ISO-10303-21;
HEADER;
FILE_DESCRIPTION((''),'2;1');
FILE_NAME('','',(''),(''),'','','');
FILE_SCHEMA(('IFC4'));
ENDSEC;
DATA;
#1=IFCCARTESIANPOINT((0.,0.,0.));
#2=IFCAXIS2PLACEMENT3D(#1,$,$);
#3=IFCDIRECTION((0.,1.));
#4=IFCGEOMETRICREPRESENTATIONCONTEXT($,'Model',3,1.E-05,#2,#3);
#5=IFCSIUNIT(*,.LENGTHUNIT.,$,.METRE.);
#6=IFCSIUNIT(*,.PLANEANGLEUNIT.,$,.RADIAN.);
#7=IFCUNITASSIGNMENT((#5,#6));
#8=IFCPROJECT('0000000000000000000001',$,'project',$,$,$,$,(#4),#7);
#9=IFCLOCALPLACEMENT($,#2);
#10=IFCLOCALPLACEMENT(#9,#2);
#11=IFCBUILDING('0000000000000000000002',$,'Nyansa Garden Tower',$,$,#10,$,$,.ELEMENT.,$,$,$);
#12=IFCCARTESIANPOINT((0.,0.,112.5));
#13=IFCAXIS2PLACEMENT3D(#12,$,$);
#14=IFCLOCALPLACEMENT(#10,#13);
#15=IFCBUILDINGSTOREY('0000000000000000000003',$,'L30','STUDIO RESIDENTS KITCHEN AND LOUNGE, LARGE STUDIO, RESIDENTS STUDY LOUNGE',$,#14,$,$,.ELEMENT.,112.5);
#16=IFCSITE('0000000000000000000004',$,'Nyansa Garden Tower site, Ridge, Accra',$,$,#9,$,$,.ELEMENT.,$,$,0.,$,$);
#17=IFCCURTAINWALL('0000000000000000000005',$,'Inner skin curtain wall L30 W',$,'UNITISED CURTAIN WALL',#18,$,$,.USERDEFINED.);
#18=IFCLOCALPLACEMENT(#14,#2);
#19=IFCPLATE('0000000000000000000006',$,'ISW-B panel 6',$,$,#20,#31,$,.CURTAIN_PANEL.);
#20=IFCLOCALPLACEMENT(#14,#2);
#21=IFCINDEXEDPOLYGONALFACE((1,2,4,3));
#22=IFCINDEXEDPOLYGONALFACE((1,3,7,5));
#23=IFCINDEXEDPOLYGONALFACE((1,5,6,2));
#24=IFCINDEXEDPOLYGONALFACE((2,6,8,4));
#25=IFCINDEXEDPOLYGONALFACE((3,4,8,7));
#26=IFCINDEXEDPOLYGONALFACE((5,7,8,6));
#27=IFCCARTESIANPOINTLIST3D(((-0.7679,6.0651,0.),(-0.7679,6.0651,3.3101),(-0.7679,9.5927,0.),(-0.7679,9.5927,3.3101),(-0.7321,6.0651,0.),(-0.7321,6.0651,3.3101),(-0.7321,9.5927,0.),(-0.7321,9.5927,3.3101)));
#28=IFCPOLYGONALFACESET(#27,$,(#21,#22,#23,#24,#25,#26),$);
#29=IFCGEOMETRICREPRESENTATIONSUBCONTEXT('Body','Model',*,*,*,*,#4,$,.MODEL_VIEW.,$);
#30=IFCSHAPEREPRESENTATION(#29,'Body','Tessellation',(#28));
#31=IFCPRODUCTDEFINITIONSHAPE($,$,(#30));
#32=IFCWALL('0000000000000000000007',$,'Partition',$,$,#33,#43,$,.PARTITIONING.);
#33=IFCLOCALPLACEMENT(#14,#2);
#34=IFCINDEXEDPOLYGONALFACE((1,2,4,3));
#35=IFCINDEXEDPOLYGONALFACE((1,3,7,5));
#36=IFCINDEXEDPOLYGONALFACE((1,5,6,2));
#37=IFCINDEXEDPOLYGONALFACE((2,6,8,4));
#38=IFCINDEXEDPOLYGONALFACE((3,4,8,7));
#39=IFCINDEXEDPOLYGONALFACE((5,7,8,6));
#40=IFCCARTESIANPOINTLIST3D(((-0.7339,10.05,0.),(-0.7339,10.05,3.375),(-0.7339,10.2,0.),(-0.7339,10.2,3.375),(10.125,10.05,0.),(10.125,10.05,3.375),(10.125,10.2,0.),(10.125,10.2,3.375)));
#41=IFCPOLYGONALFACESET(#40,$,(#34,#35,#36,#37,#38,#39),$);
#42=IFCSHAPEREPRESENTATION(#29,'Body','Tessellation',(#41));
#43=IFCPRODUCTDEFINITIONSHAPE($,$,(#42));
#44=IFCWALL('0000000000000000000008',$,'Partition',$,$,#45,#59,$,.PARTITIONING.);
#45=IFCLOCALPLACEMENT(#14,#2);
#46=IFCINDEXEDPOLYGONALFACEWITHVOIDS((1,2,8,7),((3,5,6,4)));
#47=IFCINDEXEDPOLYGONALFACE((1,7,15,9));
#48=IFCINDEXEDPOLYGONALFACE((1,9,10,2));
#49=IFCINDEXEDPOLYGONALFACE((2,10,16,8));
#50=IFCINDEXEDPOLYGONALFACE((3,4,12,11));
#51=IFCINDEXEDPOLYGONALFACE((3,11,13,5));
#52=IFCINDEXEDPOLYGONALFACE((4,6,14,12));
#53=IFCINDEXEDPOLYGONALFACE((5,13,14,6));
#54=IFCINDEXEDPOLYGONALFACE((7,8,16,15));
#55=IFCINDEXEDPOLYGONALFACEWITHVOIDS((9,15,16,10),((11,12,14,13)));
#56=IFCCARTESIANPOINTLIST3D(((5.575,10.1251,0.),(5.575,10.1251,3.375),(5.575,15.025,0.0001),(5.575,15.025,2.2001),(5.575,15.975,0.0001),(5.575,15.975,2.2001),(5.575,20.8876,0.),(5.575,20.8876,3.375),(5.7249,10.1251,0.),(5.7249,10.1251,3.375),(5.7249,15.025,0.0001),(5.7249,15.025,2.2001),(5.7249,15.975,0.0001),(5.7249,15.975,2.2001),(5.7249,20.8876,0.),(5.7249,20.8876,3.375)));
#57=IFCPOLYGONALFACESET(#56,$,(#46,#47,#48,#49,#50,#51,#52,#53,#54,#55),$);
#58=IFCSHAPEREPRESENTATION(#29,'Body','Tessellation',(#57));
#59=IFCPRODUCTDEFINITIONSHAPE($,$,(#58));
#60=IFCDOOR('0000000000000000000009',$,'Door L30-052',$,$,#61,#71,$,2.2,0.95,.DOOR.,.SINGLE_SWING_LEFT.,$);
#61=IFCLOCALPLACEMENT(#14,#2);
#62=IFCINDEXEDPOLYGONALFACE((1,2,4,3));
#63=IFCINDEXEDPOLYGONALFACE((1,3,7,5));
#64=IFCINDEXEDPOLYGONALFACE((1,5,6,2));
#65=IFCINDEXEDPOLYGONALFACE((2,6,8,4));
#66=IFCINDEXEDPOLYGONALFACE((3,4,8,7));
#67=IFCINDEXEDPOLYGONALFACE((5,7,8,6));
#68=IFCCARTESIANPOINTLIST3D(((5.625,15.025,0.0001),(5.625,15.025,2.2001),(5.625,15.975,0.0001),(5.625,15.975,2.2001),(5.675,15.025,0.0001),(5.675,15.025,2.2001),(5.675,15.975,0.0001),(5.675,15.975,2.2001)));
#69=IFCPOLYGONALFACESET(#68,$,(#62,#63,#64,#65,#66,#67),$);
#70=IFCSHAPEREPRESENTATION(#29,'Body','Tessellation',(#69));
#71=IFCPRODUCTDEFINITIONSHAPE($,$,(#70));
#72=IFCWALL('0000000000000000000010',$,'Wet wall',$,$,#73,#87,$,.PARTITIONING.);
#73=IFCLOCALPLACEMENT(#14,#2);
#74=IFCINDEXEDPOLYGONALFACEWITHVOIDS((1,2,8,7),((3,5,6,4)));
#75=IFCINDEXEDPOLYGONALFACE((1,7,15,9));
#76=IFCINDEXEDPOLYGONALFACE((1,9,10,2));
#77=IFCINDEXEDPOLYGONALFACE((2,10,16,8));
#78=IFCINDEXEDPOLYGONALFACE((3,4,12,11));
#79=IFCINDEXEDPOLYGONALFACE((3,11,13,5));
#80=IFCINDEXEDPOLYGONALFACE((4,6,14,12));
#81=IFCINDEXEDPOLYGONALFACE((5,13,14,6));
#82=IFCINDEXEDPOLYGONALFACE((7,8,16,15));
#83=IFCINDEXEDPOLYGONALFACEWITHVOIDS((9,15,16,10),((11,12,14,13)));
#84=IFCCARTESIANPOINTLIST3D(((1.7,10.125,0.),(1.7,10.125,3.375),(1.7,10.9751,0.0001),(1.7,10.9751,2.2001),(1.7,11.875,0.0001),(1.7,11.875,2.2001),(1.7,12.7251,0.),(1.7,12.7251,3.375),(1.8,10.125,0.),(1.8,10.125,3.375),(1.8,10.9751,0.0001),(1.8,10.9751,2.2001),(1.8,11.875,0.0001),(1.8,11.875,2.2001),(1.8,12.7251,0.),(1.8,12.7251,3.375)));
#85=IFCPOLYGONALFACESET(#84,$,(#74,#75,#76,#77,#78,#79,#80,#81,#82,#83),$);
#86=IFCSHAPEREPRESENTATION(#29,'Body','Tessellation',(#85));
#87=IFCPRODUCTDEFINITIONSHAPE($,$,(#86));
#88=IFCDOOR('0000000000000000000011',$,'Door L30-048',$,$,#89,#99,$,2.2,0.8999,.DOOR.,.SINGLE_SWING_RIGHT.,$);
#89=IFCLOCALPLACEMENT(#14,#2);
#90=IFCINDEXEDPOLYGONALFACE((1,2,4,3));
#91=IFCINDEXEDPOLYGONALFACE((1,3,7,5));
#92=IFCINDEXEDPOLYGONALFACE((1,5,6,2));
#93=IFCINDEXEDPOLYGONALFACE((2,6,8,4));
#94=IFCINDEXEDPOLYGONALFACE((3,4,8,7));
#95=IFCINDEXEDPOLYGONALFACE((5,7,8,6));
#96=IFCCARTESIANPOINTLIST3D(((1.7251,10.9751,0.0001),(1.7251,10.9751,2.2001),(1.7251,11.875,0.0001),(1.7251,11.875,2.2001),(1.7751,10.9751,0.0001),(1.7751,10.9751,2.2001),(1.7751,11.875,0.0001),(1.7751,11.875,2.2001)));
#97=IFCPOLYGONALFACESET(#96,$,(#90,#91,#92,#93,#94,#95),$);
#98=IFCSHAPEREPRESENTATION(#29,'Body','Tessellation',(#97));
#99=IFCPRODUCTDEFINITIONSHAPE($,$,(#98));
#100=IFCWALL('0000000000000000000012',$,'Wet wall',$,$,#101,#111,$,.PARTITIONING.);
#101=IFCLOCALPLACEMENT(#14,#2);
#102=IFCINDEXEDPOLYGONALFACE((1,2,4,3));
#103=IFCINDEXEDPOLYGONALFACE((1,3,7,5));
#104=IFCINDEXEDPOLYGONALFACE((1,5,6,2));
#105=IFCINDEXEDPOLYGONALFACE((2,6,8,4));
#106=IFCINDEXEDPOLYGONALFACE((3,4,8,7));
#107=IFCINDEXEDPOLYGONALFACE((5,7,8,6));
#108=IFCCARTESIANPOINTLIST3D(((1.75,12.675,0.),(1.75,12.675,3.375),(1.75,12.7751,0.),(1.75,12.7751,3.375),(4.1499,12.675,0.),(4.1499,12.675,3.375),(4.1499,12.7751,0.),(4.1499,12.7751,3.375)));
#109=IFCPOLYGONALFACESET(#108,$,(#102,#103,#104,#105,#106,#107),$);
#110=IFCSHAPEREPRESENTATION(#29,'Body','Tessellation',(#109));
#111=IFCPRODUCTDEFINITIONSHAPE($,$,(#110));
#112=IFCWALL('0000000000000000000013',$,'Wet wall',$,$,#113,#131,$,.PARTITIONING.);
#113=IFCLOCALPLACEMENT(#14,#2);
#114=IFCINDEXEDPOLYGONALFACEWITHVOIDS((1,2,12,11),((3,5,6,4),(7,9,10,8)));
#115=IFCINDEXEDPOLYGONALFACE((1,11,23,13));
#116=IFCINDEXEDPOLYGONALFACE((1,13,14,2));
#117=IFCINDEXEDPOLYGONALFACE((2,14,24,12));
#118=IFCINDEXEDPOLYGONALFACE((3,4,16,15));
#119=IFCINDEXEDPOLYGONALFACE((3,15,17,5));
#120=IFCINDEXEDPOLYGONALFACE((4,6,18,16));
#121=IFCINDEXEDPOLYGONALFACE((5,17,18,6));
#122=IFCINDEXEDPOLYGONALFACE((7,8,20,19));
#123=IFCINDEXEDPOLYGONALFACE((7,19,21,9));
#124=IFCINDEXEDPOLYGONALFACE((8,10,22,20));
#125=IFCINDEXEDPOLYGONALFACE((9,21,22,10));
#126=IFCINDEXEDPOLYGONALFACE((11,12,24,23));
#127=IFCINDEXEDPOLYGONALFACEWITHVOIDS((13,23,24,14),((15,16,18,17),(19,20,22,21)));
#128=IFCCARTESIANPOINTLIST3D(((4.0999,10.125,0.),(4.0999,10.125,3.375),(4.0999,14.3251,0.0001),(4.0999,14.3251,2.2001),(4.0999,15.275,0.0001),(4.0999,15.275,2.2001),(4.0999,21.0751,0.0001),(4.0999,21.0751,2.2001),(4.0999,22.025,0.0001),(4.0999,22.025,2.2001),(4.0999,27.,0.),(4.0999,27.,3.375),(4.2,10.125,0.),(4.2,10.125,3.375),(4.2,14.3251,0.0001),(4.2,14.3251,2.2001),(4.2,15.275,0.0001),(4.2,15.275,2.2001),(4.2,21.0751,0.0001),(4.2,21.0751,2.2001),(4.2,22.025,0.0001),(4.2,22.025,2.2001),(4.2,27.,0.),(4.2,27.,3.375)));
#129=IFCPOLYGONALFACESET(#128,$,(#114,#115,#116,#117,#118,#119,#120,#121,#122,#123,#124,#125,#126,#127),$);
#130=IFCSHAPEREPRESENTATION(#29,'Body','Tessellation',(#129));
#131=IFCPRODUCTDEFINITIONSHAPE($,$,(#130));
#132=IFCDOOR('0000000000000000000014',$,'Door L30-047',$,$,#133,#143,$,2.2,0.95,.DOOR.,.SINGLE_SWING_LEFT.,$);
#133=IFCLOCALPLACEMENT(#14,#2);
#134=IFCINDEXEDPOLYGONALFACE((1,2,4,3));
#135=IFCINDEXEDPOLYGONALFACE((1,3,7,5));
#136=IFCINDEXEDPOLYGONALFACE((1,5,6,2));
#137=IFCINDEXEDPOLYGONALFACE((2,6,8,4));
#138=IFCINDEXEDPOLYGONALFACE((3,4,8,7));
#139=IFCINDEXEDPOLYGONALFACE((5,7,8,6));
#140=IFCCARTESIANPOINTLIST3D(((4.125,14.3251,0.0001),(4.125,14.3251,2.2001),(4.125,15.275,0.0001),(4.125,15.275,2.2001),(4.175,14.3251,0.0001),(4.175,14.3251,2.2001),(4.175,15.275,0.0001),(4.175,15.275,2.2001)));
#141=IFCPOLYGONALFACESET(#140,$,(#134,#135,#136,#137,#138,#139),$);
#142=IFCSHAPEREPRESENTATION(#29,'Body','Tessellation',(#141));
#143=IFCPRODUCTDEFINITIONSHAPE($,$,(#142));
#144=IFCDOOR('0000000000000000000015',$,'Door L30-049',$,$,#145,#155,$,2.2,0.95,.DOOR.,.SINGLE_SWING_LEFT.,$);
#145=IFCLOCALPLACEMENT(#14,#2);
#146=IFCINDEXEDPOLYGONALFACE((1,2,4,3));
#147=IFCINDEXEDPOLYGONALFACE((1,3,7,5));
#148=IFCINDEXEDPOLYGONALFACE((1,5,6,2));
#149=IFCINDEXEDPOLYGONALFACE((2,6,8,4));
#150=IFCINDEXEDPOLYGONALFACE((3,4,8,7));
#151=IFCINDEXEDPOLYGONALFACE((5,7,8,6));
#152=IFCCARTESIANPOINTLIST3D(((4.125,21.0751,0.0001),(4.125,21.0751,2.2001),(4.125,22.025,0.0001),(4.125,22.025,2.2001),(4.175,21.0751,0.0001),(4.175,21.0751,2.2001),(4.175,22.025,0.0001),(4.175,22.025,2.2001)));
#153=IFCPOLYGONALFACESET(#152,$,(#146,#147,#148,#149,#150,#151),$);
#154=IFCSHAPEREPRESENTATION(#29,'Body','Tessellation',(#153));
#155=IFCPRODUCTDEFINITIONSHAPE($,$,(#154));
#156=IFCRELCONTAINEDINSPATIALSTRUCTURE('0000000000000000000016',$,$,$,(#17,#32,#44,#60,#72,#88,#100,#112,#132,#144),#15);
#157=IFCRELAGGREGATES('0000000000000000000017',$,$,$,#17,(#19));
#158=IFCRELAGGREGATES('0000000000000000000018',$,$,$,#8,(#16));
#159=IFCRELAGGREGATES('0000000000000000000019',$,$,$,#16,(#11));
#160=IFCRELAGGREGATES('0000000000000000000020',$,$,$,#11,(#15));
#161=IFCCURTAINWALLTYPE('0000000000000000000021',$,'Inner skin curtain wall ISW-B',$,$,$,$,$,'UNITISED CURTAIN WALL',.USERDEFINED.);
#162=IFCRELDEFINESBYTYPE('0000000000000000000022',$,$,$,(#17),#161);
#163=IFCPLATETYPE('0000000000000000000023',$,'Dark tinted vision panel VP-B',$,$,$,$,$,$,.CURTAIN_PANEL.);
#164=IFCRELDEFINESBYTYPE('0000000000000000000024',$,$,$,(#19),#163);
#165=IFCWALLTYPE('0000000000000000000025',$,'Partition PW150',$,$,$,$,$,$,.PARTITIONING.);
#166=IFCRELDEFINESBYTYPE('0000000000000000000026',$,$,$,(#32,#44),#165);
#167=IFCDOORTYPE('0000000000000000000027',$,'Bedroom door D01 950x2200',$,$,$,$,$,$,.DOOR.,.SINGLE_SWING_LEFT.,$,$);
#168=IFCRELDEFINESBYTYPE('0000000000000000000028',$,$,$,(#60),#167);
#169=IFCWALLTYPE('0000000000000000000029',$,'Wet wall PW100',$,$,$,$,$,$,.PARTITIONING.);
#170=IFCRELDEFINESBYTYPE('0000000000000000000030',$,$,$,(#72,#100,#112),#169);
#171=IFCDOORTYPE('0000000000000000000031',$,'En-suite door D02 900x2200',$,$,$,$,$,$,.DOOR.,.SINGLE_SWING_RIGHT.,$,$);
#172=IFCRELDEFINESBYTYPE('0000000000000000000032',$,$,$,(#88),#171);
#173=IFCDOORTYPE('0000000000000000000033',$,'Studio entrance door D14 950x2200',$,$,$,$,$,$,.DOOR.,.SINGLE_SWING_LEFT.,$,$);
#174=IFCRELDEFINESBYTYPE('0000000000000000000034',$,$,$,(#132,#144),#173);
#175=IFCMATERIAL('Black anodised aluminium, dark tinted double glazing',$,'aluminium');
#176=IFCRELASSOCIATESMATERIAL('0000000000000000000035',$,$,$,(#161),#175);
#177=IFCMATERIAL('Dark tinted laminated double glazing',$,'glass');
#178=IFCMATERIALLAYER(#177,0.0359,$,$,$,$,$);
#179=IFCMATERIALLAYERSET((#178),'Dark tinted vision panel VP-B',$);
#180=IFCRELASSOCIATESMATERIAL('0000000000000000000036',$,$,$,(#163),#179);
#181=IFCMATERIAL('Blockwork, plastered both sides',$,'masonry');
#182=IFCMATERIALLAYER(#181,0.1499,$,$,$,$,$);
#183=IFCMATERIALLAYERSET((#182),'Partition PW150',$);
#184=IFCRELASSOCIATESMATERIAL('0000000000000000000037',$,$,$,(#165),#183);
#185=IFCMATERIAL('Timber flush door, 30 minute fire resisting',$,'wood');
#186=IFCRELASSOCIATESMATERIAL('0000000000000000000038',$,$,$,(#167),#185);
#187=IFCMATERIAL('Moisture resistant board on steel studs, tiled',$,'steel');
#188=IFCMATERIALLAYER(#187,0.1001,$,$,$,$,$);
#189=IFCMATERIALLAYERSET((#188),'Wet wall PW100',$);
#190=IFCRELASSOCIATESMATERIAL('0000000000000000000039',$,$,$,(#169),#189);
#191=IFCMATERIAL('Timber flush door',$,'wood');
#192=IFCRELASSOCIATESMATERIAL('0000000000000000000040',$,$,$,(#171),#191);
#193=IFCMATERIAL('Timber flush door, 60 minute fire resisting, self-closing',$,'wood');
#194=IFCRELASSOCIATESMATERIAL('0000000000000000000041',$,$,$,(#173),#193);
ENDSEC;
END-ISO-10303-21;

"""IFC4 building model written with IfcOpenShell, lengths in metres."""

from ifc_helpers import new_model, si_unit, direction, frame, frame_2d, origin, origin_2d, place, context, subcontext, project, spatial, rectangle, extrude, material, layer, layer_set, type_object, element, fill, aggregate, save


model = new_model("IFC4")

# Units and contexts
model_context = context("Model", 3, precision=1e-05, world=origin(), true_north=direction((0.0, 1.0)))
body_context = subcontext(model_context, "Body", "Model", "MODEL_VIEW")
ifc_project = project(units=[si_unit("LENGTHUNIT", "METRE"), si_unit("PLANEANGLEUNIT", "RADIAN")], contexts=[model_context])

# Site, building, storey
site_placement = place(None, origin())
site = spatial("IfcSite", under=ifc_project, at=site_placement, Name="Nyansa Garden Tower site, Ridge, Accra", CompositionType="ELEMENT", RefElevation=0.0)
building_placement = place(site_placement, origin())
building = spatial("IfcBuilding", under=site, at=building_placement, Name="Nyansa Garden Tower", CompositionType="ELEMENT")
storey_placement = place(building_placement, frame((0.0, 0.0, 112.5)))
storey = spatial("IfcBuildingStorey", under=building, at=storey_placement, Name="L30", Description="STUDIO RESIDENTS KITCHEN AND LOUNGE, LARGE STUDIO, RESIDENTS STUDY LOUNGE", CompositionType="ELEMENT", Elevation=112.5)

# Curtain wall
ifc_material_1 = material(Name="Black anodised aluminium, dark tinted double glazing", Category="aluminium")
curtain_wall_type = type_object("IfcCurtainWallType", Name="Inner skin curtain wall ISW-B", ElementType="UNITISED CURTAIN WALL", PredefinedType="USERDEFINED", material=ifc_material_1)
curtain_wall_placement = place(storey_placement, origin())
curtain_wall = element("IfcCurtainWall", 1, at=curtain_wall_placement, inside=storey, type_object=curtain_wall_type, Name="Inner skin curtain wall L30 W", ObjectType="UNITISED CURTAIN WALL", PredefinedType="USERDEFINED")

# Plate
ifc_material_2 = material(Name="Dark tinted laminated double glazing", Category="glass")
ifc_layer_1 = layer(ifc_material_2, 0.0359)
ifc_layer_set_1 = layer_set([ifc_layer_1], Name="Dark tinted vision panel VP-B")
plate_type = type_object("IfcPlateType", Name="Dark tinted vision panel VP-B", PredefinedType="CURTAIN_PANEL", material=ifc_layer_set_1)
plate_1_placement = place(storey_placement, frame((-0.75, 7.8289, 0.0), z_axis=(0.0, 0.0, 1.0), x_axis=(0.0, -1.0, 0.0)))
plate_1 = element("IfcPlate", 2, at=plate_1_placement, type_object=plate_type, Name="ISW-B panel 6", PredefinedType="CURTAIN_PANEL", context=body_context, shape_type="SweptSolid", body=[
    extrude(rectangle(XDim=3.5276, YDim=0.0359, at=origin_2d()), origin(), (0.0, 0.0, 1.0), 3.3101),
])
aggregate(curtain_wall, [plate_1])

# Wall
ifc_material_3 = material(Name="Blockwork, plastered both sides", Category="masonry")
ifc_layer_2 = layer(ifc_material_3, 0.1499)
ifc_layer_set_2 = layer_set([ifc_layer_2], Name="Partition PW150")
wall_type_1 = type_object("IfcWallType", Name="Partition PW150", PredefinedType="PARTITIONING", material=ifc_layer_set_2)
wall_1_placement = place(storey_placement, frame((-0.7339, 10.125, 0.0), z_axis=(0.0, 0.0, 1.0), x_axis=(1.0, 0.0, 0.0)))
element("IfcWall", 3, at=wall_1_placement, inside=storey, type_object=wall_type_1, Name="Partition", PredefinedType="PARTITIONING", context=body_context, shape_type="SweptSolid", body=[
    extrude(rectangle(XDim=10.8589, YDim=0.1499, at=frame_2d((5.4294, 0.0))), origin(), (0.0, 0.0, 1.0), 3.375),
])

# Walls, openings, doors
wall_2_placement = place(storey_placement, frame((5.6499, 10.125, 0.0), z_axis=(0.0, 0.0, 1.0), x_axis=(0.0, 1.0, 0.0)))
wall_2 = element("IfcWall", 4, at=wall_2_placement, inside=storey, type_object=wall_type_1, Name="Partition", PredefinedType="PARTITIONING", context=body_context, shape_type="SweptSolid", body=[
    extrude(rectangle(XDim=10.7625, YDim=0.1499, at=frame_2d((5.3813, 0.0))), origin(), (0.0, 0.0, 1.0), 3.375),
])
opening_1_placement = place(wall_2_placement, frame((4.8999, 0.0, 0.0)))
opening_1 = element("IfcOpeningElement", 5, at=opening_1_placement, cuts=wall_2, PredefinedType="OPENING", context=body_context, shape_type="SweptSolid", body=[
    extrude(rectangle(XDim=0.95, YDim=2.2, at=frame_2d((0.4751, 1.1001))), frame((0.0, 0.085, 0.0), z_axis=(0.0, -1.0, 0.0), x_axis=(1.0, 0.0, 0.0)), (0.0, 0.0, 1.0), 0.1699),
])
ifc_material_4 = material(Name="Timber flush door, 30 minute fire resisting", Category="wood")
door_type_1 = type_object("IfcDoorType", Name="Bedroom door D01 950x2200", OperationType="SINGLE_SWING_LEFT", PredefinedType="DOOR", material=ifc_material_4)
door_1_placement = place(opening_1_placement, origin())
door_1 = element("IfcDoor", 6, at=door_1_placement, inside=storey, type_object=door_type_1, Name="Door L30-052", OperationType="SINGLE_SWING_LEFT", OverallHeight=2.2, OverallWidth=0.95, PredefinedType="DOOR", context=body_context, shape_type="SweptSolid", body=[
    extrude(rectangle(XDim=0.95, YDim=2.2, at=frame_2d((0.4751, 1.1001))), frame((0.0, 0.0249, 0.0), z_axis=(0.0, -1.0, 0.0), x_axis=(1.0, 0.0, 0.0)), (0.0, 0.0, 1.0), 0.05),
])
fill(opening_1, door_1)
ifc_material_5 = material(Name="Moisture resistant board on steel studs, tiled", Category="steel")
ifc_layer_3 = layer(ifc_material_5, 0.1001)
ifc_layer_set_3 = layer_set([ifc_layer_3], Name="Wet wall PW100")
wall_type_2 = type_object("IfcWallType", Name="Wet wall PW100", PredefinedType="PARTITIONING", material=ifc_layer_set_3)
wall_3_placement = place(storey_placement, frame((1.75, 10.125, 0.0), z_axis=(0.0, 0.0, 1.0), x_axis=(0.0, 1.0, 0.0)))
wall_3 = element("IfcWall", 7, at=wall_3_placement, inside=storey, type_object=wall_type_2, Name="Wet wall", PredefinedType="PARTITIONING", context=body_context, shape_type="SweptSolid", body=[
    extrude(rectangle(XDim=2.6001, YDim=0.1001, at=frame_2d((1.3, 0.0))), origin(), (0.0, 0.0, 1.0), 3.375),
])
opening_2_placement = place(wall_3_placement, frame((0.8501, 0.0, 0.0)))
opening_2 = element("IfcOpeningElement", 8, at=opening_2_placement, cuts=wall_3, PredefinedType="OPENING", context=body_context, shape_type="SweptSolid", body=[
    extrude(rectangle(XDim=0.8999, YDim=2.2, at=frame_2d((0.45, 1.1001))), frame((0.0, 0.0601, 0.0), z_axis=(0.0, -1.0, 0.0), x_axis=(1.0, 0.0, 0.0)), (0.0, 0.0, 1.0), 0.1201),
])
ifc_material_6 = material(Name="Timber flush door", Category="wood")
door_type_2 = type_object("IfcDoorType", Name="En-suite door D02 900x2200", OperationType="SINGLE_SWING_RIGHT", PredefinedType="DOOR", material=ifc_material_6)
door_2_placement = place(opening_2_placement, origin())
door_2 = element("IfcDoor", 9, at=door_2_placement, inside=storey, type_object=door_type_2, Name="Door L30-048", OperationType="SINGLE_SWING_RIGHT", OverallHeight=2.2, OverallWidth=0.8999, PredefinedType="DOOR", context=body_context, shape_type="SweptSolid", body=[
    extrude(rectangle(XDim=0.8999, YDim=2.2, at=frame_2d((0.45, 1.1001))), frame((0.0, 0.0249, 0.0), z_axis=(0.0, -1.0, 0.0), x_axis=(1.0, 0.0, 0.0)), (0.0, 0.0, 1.0), 0.05),
])
fill(opening_2, door_2)

# Wall
wall_4_placement = place(storey_placement, frame((1.75, 12.7251, 0.0), z_axis=(0.0, 0.0, 1.0), x_axis=(1.0, 0.0, 0.0)))
element("IfcWall", 10, at=wall_4_placement, inside=storey, type_object=wall_type_2, Name="Wet wall", PredefinedType="PARTITIONING", context=body_context, shape_type="SweptSolid", body=[
    extrude(rectangle(XDim=2.3999, YDim=0.1001, at=frame_2d((1.2, 0.0))), origin(), (0.0, 0.0, 1.0), 3.375),
])

# Wall, openings, doors
wall_5_placement = place(storey_placement, frame((4.1499, 10.125, 0.0), z_axis=(0.0, 0.0, 1.0), x_axis=(0.0, 1.0, 0.0)))
wall_5 = element("IfcWall", 11, at=wall_5_placement, inside=storey, type_object=wall_type_2, Name="Wet wall", PredefinedType="PARTITIONING", context=body_context, shape_type="SweptSolid", body=[
    extrude(rectangle(XDim=16.875, YDim=0.1001, at=frame_2d((8.4375, 0.0))), origin(), (0.0, 0.0, 1.0), 3.375),
])
opening_3_placement = place(wall_5_placement, frame((4.2, 0.0, 0.0)))
opening_3 = element("IfcOpeningElement", 12, at=opening_3_placement, cuts=wall_5, PredefinedType="OPENING", context=body_context, shape_type="SweptSolid", body=[
    extrude(rectangle(XDim=0.95, YDim=2.2, at=frame_2d((0.4751, 1.1001))), frame((0.0, 0.0601, 0.0), z_axis=(0.0, -1.0, 0.0), x_axis=(1.0, 0.0, 0.0)), (0.0, 0.0, 1.0), 0.1201),
])
opening_4_placement = place(wall_5_placement, frame((10.95, 0.0, 0.0)))
opening_4 = element("IfcOpeningElement", 13, at=opening_4_placement, cuts=wall_5, PredefinedType="OPENING", context=body_context, shape_type="SweptSolid", body=[
    extrude(rectangle(XDim=0.95, YDim=2.2, at=frame_2d((0.4751, 1.1001))), frame((0.0, 0.0601, 0.0), z_axis=(0.0, -1.0, 0.0), x_axis=(1.0, 0.0, 0.0)), (0.0, 0.0, 1.0), 0.1201),
])
ifc_material_7 = material(Name="Timber flush door, 60 minute fire resisting, self-closing", Category="wood")
door_type_3 = type_object("IfcDoorType", Name="Studio entrance door D14 950x2200", OperationType="SINGLE_SWING_LEFT", PredefinedType="DOOR", material=ifc_material_7)
door_3_placement = place(opening_3_placement, origin())
door_3 = element("IfcDoor", 14, at=door_3_placement, inside=storey, type_object=door_type_3, Name="Door L30-047", OperationType="SINGLE_SWING_LEFT", OverallHeight=2.2, OverallWidth=0.95, PredefinedType="DOOR", context=body_context, shape_type="SweptSolid", body=[
    extrude(rectangle(XDim=0.95, YDim=2.2, at=frame_2d((0.4751, 1.1001))), frame((0.0, 0.0249, 0.0), z_axis=(0.0, -1.0, 0.0), x_axis=(1.0, 0.0, 0.0)), (0.0, 0.0, 1.0), 0.05),
])
fill(opening_3, door_3)
door_4_placement = place(opening_4_placement, origin())
door_4 = element("IfcDoor", 15, at=door_4_placement, inside=storey, type_object=door_type_3, Name="Door L30-049", OperationType="SINGLE_SWING_LEFT", OverallHeight=2.2, OverallWidth=0.95, PredefinedType="DOOR", context=body_context, shape_type="SweptSolid", body=[
    extrude(rectangle(XDim=0.95, YDim=2.2, at=frame_2d((0.4751, 1.1001))), frame((0.0, 0.0249, 0.0), z_axis=(0.0, -1.0, 0.0), x_axis=(1.0, 0.0, 0.0)), (0.0, 0.0, 1.0), 0.05),
])
fill(opening_4, door_4)

save(model, "model.ifc")
